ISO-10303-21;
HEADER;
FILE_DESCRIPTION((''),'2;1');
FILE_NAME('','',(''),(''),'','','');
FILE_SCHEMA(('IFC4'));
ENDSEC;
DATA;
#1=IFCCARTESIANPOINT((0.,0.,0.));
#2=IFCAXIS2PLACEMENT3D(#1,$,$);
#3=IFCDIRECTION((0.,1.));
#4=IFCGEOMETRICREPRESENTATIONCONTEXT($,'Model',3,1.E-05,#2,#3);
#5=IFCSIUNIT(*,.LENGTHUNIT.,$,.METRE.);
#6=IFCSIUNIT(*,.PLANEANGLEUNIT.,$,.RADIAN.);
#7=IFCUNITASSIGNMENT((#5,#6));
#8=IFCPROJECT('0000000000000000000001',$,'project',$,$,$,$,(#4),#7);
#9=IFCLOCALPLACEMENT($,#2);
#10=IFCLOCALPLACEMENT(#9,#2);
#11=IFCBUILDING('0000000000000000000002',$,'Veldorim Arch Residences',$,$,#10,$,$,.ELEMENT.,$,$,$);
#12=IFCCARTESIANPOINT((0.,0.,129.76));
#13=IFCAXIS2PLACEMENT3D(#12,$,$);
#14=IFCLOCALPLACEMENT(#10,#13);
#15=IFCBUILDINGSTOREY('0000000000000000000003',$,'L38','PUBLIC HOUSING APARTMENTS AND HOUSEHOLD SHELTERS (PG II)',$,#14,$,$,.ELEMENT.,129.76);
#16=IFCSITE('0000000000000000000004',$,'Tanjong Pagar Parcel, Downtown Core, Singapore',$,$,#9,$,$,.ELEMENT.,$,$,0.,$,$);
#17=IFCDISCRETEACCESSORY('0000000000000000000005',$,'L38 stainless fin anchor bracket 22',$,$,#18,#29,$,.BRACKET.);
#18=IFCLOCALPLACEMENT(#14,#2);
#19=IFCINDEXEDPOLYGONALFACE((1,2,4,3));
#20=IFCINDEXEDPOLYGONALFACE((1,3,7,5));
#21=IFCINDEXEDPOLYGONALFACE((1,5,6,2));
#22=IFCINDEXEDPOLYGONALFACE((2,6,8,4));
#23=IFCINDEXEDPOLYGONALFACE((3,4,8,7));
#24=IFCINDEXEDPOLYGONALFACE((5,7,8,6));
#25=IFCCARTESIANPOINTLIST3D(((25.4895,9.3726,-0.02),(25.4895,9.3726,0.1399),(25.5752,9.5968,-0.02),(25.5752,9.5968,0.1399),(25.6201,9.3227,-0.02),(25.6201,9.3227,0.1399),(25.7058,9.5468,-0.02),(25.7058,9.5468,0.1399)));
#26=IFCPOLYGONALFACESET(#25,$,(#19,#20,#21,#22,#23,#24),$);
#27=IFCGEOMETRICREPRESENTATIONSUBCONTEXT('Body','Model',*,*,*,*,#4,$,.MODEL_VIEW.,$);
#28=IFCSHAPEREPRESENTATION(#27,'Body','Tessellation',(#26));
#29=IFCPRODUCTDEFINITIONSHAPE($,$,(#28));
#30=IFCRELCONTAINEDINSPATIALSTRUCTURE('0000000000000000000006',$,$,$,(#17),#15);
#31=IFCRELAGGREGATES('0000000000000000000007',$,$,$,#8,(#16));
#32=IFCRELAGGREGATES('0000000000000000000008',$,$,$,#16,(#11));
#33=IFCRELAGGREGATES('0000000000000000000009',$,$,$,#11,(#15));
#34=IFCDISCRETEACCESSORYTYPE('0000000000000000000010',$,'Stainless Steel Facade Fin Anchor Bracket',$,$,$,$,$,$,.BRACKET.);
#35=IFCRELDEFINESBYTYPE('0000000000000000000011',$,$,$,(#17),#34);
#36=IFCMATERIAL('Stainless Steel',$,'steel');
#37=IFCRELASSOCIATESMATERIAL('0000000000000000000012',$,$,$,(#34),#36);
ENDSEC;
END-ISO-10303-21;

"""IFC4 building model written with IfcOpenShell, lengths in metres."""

from ifc_helpers import new_model, si_unit, direction, frame, origin, origin_2d, place, context, subcontext, project, spatial, rectangle, extrude, material, type_object, element, save


model = new_model("IFC4")

# Units and contexts
model_context = context("Model", 3, precision=1e-05, world=origin(), true_north=direction((0.0, 1.0)))
body_context = subcontext(model_context, "Body", "Model", "MODEL_VIEW")
ifc_project = project(units=[si_unit("LENGTHUNIT", "METRE"), si_unit("PLANEANGLEUNIT", "RADIAN")], contexts=[model_context])

# Site, building, storey
site_placement = place(None, origin())
site = spatial("IfcSite", under=ifc_project, at=site_placement, Name="Tanjong Pagar Parcel, Downtown Core, Singapore", CompositionType="ELEMENT", RefElevation=0.0)
building_placement = place(site_placement, origin())
building = spatial("IfcBuilding", under=site, at=building_placement, Name="Veldorim Arch Residences", CompositionType="ELEMENT")
storey_placement = place(building_placement, frame((0.0, 0.0, 129.76)))
storey = spatial("IfcBuildingStorey", under=building, at=storey_placement, Name="L38", Description="PUBLIC HOUSING APARTMENTS AND HOUSEHOLD SHELTERS (PG II)", CompositionType="ELEMENT", Elevation=129.76)

# Discrete accessory
ifc_material_1 = material(Name="Stainless Steel", Category="steel")
discrete_accessory_type = type_object("IfcDiscreteAccessoryType", Name="Stainless Steel Facade Fin Anchor Bracket", PredefinedType="BRACKET", material=ifc_material_1)
discrete_accessory_placement = place(storey_placement, frame((25.5977, 9.4597, -0.02), z_axis=(0.0, 0.0, 1.0), x_axis=(-0.93408, 0.357064, 0.0)))
element("IfcDiscreteAccessory", 1, at=discrete_accessory_placement, inside=storey, type_object=discrete_accessory_type, Name="L38 stainless fin anchor bracket 22", PredefinedType="BRACKET", context=body_context, shape_type="SweptSolid", body=[
    extrude(rectangle(XDim=0.1399, YDim=0.24, at=origin_2d()), origin(), (0.0, 0.0, 1.0), 0.1599),
])

save(model, "model.ifc")
